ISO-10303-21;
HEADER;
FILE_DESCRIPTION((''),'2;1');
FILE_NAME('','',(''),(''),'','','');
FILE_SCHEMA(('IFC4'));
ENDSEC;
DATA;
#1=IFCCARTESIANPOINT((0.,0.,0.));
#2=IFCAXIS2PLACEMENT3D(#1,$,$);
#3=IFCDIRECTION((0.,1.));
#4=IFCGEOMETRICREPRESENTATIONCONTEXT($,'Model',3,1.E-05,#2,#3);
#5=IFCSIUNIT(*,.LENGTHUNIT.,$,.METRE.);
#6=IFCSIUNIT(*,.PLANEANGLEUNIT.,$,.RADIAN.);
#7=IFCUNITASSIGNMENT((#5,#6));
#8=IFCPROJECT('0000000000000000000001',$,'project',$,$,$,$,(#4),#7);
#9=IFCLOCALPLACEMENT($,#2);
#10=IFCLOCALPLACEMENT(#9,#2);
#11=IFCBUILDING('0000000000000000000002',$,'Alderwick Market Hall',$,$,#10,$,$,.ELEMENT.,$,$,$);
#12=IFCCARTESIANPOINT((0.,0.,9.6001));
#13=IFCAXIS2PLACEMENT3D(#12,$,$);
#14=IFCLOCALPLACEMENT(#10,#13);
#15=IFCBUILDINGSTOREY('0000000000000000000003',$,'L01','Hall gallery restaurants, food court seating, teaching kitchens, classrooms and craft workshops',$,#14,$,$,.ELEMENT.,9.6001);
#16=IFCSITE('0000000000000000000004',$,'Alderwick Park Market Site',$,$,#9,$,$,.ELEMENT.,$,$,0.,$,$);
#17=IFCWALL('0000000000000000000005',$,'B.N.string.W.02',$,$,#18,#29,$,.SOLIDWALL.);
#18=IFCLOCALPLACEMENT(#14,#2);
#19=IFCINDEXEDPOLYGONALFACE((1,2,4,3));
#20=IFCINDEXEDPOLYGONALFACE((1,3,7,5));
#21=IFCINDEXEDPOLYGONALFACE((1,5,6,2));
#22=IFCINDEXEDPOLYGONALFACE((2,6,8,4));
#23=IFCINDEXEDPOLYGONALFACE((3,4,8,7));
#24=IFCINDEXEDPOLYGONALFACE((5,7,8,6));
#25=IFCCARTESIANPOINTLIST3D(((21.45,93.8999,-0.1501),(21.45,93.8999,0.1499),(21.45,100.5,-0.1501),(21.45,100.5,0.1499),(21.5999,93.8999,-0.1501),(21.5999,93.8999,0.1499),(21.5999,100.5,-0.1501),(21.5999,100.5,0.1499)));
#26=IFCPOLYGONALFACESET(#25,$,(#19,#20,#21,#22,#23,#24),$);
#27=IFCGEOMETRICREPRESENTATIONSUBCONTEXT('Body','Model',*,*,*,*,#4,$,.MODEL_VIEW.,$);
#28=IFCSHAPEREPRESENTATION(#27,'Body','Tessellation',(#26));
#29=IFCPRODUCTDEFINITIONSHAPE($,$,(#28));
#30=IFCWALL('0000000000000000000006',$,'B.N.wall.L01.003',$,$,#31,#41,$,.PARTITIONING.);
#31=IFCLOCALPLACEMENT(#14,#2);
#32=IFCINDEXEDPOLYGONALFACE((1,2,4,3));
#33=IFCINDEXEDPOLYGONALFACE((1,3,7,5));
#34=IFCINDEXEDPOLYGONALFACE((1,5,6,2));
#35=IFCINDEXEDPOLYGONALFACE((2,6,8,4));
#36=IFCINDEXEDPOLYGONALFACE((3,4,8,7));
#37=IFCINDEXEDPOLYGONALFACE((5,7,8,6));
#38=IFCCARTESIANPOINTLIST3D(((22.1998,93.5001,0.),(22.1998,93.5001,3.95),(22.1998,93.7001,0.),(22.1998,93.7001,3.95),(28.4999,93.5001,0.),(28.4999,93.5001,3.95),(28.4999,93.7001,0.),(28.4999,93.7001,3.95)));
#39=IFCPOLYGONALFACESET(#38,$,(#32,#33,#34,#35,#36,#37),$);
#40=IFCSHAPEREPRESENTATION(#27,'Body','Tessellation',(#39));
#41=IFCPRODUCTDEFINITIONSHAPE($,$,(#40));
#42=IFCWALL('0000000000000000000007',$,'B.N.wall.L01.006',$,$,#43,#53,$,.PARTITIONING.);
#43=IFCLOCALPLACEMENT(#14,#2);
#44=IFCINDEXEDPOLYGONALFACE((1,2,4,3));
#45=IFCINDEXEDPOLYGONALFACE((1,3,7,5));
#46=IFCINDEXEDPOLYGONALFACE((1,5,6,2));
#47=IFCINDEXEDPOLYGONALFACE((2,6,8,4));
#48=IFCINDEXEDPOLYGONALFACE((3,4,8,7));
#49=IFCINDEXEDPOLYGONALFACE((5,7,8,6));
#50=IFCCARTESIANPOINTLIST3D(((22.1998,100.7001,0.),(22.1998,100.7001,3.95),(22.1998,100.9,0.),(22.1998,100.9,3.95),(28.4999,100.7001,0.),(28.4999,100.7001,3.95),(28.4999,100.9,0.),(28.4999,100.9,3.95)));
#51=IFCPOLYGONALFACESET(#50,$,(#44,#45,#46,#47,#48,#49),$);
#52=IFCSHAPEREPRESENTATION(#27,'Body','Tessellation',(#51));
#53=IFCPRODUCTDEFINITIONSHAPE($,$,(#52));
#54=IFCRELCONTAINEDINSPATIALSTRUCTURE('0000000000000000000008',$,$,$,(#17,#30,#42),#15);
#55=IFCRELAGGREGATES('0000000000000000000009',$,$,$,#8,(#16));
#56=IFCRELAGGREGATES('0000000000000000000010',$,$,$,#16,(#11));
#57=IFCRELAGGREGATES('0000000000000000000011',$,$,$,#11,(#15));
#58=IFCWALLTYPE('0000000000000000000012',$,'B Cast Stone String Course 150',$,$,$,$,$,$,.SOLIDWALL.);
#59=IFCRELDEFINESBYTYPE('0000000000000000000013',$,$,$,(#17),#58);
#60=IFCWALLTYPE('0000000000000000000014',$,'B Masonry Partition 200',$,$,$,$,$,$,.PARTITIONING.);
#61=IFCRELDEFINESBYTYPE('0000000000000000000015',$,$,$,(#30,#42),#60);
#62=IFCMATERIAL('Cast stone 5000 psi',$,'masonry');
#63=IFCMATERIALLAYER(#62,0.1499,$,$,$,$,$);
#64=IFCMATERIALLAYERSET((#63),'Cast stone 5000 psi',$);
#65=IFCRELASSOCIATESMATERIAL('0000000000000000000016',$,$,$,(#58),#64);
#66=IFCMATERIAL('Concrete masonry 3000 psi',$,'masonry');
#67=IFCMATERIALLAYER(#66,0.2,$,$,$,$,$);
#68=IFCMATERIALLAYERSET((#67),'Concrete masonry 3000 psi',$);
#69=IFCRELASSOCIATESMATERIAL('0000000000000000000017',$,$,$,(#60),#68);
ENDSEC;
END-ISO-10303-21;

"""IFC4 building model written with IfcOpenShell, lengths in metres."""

from ifc_helpers import new_model, si_unit, direction, frame, frame_2d, origin, place, context, subcontext, project, spatial, rectangle, extrude, material, layer, layer_set, type_object, element, save


model = new_model("IFC4")

# Units and contexts
model_context = context("Model", 3, precision=1e-05, world=origin(), true_north=direction((0.0, 1.0)))
body_context = subcontext(model_context, "Body", "Model", "MODEL_VIEW")
ifc_project = project(units=[si_unit("LENGTHUNIT", "METRE"), si_unit("PLANEANGLEUNIT", "RADIAN")], contexts=[model_context])

# Site, building, storey
site_placement = place(None, origin())
site = spatial("IfcSite", under=ifc_project, at=site_placement, Name="Alderwick Park Market Site", CompositionType="ELEMENT", RefElevation=0.0)
building_placement = place(site_placement, origin())
building = spatial("IfcBuilding", under=site, at=building_placement, Name="Alderwick Market Hall", CompositionType="ELEMENT")
storey_placement = place(building_placement, frame((0.0, 0.0, 9.6001)))
storey = spatial("IfcBuildingStorey", under=building, at=storey_placement, Name="L01", Description="Hall gallery restaurants, food court seating, teaching kitchens, classrooms and craft workshops", CompositionType="ELEMENT", Elevation=9.6001)

# Walls
ifc_material_1 = material(Name="Cast stone 5000 psi", Category="masonry")
ifc_layer_1 = layer(ifc_material_1, 0.1499)
ifc_layer_set_1 = layer_set([ifc_layer_1], Name="Cast stone 5000 psi")
wall_type_1 = type_object("IfcWallType", Name="B Cast Stone String Course 150", PredefinedType="SOLIDWALL", material=ifc_layer_set_1)
wall_1_placement = place(storey_placement, frame((21.5249, 93.8999, -0.1501), z_axis=(0.0, 0.0, 1.0), x_axis=(0.0, 1.0, 0.0)))
element("IfcWall", 1, at=wall_1_placement, inside=storey, type_object=wall_type_1, Name="B.N.string.W.02", PredefinedType="SOLIDWALL", context=body_context, shape_type="SweptSolid", body=[
    extrude(rectangle(XDim=6.6001, YDim=0.1499, at=frame_2d((3.3, 0.0))), origin(), (0.0, 0.0, 1.0), 0.3),
])
ifc_material_2 = material(Name="Concrete masonry 3000 psi", Category="masonry")
ifc_layer_2 = layer(ifc_material_2, 0.2)
ifc_layer_set_2 = layer_set([ifc_layer_2], Name="Concrete masonry 3000 psi")
wall_type_2 = type_object("IfcWallType", Name="B Masonry Partition 200", PredefinedType="PARTITIONING", material=ifc_layer_set_2)
for number, where, z_axis, x_axis, name in (
    (2, (22.2, 93.6001, 0.0), (0.0, 0.0, 1.0), (1.0, 0.0, 0.0), "B.N.wall.L01.003"),
    (3, (22.2, 100.8, 0.0), (0.0, 0.0, 1.0), (1.0, 0.0, 0.0), "B.N.wall.L01.006"),
):
    element("IfcWall", number, at=place(storey_placement, frame(where, z_axis=z_axis, x_axis=x_axis)), inside=storey, type_object=wall_type_2, Name=name, PredefinedType="PARTITIONING", context=body_context, shape_type="SweptSolid", body=[
        extrude(rectangle(XDim=6.3, YDim=0.2, at=frame_2d((3.1499, 0.0))), origin(), (0.0, 0.0, 1.0), 3.95),
    ])

save(model, "model.ifc")
